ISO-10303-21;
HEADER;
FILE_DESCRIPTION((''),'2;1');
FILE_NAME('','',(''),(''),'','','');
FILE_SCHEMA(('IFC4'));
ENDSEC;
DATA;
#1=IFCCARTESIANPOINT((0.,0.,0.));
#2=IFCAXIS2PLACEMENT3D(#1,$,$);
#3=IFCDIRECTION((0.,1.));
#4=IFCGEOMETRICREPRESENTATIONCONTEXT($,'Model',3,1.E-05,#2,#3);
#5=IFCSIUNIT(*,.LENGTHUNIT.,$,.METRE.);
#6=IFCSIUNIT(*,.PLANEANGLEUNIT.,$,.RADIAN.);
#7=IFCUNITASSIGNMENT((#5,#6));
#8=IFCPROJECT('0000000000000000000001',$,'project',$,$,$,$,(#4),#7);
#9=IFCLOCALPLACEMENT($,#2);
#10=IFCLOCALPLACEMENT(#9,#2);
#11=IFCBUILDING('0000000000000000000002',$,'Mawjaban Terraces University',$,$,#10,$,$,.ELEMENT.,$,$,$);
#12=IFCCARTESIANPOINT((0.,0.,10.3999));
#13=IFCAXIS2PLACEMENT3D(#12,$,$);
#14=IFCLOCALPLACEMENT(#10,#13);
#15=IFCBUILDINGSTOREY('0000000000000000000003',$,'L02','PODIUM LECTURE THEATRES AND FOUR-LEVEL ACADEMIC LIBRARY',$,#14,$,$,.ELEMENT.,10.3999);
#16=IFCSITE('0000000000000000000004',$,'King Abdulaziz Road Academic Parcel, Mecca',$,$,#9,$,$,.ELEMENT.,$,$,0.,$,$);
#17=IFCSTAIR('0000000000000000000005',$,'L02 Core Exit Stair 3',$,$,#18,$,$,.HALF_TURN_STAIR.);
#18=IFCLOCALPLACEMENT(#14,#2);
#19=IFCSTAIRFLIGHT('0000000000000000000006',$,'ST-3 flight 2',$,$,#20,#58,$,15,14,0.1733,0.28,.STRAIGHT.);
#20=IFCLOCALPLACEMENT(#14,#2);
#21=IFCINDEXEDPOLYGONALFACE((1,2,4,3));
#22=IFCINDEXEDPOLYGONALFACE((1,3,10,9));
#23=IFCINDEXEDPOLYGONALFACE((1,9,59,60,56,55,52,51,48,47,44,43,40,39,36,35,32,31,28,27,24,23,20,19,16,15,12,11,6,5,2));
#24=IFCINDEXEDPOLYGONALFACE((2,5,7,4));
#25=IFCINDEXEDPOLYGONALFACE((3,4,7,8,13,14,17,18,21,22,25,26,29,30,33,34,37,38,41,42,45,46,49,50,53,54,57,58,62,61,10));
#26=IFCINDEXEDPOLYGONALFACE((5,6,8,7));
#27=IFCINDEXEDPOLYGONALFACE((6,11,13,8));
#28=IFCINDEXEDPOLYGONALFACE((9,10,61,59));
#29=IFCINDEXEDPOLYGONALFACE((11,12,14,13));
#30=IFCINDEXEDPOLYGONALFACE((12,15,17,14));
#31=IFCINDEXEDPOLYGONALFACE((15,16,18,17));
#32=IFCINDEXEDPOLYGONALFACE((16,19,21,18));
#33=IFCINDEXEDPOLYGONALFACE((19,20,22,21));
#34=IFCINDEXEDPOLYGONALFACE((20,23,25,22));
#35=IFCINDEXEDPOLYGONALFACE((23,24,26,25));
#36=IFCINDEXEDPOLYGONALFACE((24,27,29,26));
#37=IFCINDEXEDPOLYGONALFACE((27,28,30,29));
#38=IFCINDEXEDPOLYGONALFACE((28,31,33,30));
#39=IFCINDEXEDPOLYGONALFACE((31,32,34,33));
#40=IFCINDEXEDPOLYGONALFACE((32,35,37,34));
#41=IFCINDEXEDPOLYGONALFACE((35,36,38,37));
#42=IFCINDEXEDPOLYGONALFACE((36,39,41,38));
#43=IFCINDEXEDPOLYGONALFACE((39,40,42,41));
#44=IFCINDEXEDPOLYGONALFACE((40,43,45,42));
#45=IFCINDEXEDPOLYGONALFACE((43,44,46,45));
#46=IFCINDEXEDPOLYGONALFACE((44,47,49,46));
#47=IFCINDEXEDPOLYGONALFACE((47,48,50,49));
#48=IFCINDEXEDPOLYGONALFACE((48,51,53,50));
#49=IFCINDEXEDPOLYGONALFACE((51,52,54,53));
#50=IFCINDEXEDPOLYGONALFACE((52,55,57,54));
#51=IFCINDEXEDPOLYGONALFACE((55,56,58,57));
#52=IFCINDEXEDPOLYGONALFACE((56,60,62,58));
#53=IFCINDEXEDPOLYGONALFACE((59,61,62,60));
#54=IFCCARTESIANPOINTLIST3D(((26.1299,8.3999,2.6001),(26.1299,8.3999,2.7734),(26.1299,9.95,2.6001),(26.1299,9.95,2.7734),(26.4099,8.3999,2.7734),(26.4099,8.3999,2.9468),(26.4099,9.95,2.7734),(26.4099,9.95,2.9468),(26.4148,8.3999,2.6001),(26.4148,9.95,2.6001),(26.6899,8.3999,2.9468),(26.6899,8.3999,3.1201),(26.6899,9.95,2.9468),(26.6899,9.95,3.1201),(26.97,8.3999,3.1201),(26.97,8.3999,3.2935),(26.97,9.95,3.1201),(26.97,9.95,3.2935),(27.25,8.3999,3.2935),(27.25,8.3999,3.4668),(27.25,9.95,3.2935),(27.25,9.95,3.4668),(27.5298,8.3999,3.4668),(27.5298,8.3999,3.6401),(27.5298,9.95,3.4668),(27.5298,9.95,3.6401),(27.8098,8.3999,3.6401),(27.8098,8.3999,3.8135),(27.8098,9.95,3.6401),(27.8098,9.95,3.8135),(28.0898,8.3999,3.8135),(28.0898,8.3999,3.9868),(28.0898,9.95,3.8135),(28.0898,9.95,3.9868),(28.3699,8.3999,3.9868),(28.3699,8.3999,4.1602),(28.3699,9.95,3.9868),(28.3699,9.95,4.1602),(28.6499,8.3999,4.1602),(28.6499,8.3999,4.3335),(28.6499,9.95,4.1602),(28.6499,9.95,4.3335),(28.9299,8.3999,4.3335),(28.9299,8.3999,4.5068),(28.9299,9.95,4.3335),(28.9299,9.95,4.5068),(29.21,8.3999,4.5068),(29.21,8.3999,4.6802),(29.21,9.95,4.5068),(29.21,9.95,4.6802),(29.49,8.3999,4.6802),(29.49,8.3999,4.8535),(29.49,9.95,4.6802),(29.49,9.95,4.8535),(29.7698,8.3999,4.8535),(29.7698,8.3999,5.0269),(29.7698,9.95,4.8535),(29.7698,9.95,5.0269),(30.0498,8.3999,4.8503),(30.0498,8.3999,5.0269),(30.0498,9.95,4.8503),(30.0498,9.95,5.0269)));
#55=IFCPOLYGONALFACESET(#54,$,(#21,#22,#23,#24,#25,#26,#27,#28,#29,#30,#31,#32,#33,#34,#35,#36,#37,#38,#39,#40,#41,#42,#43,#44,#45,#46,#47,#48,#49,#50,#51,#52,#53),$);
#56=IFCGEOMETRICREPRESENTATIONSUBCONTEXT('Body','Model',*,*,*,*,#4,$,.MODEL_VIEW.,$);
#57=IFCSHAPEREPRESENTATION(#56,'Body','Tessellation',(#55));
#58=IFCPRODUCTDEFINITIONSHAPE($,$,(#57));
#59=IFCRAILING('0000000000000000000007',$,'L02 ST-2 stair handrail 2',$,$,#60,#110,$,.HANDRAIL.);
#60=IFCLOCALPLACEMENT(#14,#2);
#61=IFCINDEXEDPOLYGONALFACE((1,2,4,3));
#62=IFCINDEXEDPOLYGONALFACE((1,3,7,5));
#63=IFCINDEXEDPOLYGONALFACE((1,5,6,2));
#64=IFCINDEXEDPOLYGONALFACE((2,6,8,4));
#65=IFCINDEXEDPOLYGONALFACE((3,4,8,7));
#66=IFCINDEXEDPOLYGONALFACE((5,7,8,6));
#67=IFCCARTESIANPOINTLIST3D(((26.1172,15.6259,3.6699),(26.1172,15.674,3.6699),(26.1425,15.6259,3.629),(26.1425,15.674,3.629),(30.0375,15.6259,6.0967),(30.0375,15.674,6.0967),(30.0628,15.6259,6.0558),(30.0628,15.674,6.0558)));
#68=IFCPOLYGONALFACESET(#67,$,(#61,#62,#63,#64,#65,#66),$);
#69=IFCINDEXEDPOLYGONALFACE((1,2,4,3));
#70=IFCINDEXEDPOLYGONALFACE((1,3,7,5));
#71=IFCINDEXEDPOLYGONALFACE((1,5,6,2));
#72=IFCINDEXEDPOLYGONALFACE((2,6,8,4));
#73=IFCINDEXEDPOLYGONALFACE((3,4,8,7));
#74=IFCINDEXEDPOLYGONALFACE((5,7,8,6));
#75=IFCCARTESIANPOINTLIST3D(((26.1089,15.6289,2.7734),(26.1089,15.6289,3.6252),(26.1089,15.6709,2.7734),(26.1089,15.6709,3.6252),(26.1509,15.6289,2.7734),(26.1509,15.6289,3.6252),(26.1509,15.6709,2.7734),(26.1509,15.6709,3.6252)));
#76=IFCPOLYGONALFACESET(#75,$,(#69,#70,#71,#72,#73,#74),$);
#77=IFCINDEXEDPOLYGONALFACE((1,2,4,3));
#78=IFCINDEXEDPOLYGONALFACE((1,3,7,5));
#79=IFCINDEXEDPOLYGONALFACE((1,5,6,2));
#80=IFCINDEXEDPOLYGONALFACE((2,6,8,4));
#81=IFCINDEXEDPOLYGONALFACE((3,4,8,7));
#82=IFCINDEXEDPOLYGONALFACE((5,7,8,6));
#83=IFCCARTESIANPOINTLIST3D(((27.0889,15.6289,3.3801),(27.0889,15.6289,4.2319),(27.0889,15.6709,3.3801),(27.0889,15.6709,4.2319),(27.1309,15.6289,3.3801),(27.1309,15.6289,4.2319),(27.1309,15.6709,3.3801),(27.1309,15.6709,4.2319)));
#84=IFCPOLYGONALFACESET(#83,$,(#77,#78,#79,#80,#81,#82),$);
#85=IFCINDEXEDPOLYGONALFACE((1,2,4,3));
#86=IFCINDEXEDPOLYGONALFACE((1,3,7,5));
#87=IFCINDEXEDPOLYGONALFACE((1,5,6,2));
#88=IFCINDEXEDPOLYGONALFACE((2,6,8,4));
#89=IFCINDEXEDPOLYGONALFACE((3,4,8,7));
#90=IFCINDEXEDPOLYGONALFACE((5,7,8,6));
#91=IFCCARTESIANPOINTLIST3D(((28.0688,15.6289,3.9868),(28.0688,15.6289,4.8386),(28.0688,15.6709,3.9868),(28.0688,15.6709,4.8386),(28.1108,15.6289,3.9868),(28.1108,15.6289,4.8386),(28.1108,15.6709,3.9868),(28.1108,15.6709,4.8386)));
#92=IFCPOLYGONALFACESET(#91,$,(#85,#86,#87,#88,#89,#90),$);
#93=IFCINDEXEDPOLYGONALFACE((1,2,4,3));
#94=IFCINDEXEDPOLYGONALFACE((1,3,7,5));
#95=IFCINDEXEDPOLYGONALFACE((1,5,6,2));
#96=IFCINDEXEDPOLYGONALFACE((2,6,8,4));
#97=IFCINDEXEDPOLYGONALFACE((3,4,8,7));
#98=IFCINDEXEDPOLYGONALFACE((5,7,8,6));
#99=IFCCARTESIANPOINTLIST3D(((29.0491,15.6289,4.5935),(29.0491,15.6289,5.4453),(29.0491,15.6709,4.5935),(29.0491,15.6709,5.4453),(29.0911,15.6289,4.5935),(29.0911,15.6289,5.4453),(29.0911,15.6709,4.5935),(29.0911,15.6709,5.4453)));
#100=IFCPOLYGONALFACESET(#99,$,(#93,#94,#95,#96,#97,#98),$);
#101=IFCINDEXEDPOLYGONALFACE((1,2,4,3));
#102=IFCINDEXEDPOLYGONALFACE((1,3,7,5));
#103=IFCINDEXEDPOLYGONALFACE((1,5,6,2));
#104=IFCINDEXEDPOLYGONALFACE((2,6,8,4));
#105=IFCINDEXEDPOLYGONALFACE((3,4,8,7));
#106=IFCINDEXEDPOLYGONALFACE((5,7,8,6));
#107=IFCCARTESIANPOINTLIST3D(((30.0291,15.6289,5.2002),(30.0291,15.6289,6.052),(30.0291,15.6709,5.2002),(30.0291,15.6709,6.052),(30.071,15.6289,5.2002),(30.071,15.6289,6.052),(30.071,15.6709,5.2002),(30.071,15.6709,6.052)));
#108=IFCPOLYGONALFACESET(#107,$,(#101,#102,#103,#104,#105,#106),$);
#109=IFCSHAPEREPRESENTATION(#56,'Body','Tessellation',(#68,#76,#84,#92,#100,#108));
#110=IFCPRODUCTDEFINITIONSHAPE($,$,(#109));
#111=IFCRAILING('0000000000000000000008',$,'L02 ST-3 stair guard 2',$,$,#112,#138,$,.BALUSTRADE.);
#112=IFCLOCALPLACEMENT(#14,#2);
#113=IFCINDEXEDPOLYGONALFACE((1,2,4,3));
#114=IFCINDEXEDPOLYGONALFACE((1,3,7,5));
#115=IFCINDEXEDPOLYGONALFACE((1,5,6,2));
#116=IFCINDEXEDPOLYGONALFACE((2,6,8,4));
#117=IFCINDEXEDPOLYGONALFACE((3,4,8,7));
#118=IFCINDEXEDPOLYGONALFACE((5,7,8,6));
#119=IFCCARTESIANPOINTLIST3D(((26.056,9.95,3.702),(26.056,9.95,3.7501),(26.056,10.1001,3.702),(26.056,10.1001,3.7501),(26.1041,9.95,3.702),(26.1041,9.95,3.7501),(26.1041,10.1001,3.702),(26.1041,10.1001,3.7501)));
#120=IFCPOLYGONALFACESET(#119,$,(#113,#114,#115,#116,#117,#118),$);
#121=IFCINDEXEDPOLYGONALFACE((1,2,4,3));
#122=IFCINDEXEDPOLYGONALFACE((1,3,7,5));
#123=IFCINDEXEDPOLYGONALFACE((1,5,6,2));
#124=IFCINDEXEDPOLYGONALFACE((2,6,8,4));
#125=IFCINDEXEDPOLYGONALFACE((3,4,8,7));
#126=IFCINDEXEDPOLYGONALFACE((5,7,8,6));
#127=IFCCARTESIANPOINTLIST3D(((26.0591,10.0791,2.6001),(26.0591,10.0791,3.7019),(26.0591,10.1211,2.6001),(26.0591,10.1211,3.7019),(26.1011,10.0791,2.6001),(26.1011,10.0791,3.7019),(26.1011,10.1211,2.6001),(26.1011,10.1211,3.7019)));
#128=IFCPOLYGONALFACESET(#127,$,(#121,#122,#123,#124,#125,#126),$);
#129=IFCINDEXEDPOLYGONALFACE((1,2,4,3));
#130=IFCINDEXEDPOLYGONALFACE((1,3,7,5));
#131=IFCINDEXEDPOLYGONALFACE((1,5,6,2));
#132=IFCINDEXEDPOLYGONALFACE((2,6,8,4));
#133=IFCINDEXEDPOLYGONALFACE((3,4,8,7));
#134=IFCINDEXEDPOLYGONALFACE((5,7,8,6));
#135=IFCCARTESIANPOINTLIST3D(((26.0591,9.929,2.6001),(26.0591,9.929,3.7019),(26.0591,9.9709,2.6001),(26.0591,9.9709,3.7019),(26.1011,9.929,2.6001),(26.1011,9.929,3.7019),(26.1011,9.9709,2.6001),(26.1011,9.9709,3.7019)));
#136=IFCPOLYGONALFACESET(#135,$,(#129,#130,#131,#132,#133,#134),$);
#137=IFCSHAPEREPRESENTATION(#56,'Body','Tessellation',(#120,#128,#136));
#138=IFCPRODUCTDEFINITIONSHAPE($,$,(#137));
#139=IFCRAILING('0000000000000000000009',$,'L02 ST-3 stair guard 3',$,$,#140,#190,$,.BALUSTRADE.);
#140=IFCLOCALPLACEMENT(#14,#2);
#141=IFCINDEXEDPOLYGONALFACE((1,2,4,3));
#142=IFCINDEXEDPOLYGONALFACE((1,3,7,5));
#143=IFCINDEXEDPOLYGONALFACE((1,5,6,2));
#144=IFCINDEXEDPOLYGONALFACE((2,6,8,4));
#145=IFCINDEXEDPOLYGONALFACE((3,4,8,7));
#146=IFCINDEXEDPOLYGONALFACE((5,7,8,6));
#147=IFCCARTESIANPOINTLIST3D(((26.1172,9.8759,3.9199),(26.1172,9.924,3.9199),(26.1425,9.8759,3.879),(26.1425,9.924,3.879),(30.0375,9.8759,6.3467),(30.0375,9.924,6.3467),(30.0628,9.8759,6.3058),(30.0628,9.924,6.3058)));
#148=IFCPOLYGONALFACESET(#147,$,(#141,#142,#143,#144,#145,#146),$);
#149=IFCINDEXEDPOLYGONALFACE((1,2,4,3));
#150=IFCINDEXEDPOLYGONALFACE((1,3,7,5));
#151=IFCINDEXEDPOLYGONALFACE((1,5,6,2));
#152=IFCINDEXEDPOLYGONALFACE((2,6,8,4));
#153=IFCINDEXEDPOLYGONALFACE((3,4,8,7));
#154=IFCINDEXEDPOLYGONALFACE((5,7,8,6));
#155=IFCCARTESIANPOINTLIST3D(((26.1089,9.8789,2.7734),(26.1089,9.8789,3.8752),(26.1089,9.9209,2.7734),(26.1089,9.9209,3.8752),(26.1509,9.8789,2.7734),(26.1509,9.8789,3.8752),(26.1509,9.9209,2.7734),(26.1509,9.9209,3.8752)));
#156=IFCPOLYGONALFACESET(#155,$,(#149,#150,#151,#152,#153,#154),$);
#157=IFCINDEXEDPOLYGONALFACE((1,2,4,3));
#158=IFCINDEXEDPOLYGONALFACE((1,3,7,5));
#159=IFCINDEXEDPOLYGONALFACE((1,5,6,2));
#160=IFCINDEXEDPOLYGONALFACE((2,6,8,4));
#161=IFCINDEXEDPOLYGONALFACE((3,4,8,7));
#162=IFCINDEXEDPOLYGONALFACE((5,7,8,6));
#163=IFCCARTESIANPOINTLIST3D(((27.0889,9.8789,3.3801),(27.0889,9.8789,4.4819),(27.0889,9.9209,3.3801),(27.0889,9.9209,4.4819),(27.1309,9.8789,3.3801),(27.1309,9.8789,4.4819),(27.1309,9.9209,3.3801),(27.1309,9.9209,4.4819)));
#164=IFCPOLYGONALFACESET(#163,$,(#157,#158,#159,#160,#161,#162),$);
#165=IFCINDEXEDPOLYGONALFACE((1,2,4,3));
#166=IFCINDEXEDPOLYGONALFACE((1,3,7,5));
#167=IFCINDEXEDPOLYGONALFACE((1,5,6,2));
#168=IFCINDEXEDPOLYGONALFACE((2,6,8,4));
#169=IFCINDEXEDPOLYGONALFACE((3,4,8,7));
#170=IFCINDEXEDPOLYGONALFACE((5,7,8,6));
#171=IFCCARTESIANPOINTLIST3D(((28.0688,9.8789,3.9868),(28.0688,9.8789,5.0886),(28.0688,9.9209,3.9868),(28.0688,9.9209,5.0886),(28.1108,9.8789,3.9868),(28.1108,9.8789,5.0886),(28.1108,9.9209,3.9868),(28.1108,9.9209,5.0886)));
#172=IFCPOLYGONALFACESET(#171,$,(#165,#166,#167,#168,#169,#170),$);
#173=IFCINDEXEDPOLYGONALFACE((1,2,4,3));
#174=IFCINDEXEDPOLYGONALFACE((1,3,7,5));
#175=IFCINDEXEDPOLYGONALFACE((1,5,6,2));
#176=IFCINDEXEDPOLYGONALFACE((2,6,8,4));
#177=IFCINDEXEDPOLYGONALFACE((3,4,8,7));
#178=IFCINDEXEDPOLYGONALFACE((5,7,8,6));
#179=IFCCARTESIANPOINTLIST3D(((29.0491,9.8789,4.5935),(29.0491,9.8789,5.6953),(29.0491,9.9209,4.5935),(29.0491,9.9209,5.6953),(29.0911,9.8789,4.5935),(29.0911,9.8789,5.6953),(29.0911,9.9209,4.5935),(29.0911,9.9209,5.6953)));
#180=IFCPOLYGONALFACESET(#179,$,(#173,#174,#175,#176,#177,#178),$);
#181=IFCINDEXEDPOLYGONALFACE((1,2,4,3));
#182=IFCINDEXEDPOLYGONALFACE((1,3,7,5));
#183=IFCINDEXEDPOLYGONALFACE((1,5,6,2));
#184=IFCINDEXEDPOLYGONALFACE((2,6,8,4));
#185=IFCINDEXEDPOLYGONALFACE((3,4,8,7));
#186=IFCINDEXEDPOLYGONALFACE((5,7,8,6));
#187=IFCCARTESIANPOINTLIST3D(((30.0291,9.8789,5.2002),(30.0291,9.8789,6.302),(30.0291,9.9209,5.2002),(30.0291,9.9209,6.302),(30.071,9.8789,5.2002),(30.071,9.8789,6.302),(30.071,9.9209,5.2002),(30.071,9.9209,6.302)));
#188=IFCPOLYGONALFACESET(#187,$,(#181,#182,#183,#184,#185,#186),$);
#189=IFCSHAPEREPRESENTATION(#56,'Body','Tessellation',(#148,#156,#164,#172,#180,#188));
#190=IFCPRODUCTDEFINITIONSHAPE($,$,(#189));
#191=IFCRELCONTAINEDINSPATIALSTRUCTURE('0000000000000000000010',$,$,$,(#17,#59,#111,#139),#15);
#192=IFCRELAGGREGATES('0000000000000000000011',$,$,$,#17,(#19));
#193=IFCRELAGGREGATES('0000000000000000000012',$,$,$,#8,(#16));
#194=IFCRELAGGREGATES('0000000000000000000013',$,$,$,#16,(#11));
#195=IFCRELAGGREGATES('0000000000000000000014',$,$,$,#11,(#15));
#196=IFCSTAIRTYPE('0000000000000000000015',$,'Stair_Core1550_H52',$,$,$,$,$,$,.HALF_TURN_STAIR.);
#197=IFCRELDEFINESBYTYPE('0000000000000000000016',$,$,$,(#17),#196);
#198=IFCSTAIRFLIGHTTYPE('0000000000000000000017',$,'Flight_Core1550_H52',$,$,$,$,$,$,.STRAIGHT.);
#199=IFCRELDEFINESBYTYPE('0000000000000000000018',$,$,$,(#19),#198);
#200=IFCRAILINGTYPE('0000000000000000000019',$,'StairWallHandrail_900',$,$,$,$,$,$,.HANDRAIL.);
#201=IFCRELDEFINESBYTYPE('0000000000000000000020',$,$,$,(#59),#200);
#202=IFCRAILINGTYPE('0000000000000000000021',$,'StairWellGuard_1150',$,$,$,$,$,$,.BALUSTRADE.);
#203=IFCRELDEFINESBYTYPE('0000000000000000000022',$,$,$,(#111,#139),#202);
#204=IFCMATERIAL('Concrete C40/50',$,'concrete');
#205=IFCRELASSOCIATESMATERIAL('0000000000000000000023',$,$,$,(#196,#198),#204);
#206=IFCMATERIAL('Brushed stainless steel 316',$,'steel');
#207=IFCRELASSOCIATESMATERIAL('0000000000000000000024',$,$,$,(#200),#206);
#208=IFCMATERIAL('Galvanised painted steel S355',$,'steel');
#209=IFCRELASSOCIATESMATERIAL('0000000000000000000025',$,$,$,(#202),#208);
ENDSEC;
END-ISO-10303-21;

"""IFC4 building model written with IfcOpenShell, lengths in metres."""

from ifc_helpers import new_model, si_unit, direction, frame, origin, origin_2d, place, context, subcontext, project, spatial, polyline, rectangle, outline, extrude, material, type_object, element, aggregate, save


model = new_model("IFC4")

# Units and contexts
model_context = context("Model", 3, precision=1e-05, world=origin(), true_north=direction((0.0, 1.0)))
body_context = subcontext(model_context, "Body", "Model", "MODEL_VIEW")
ifc_project = project(units=[si_unit("LENGTHUNIT", "METRE"), si_unit("PLANEANGLEUNIT", "RADIAN")], contexts=[model_context])

# Site, building, storey
site_placement = place(None, origin())
site = spatial("IfcSite", under=ifc_project, at=site_placement, Name="King Abdulaziz Road Academic Parcel, Mecca", CompositionType="ELEMENT", RefElevation=0.0)
building_placement = place(site_placement, origin())
building = spatial("IfcBuilding", under=site, at=building_placement, Name="Mawjaban Terraces University", CompositionType="ELEMENT")
storey_placement = place(building_placement, frame((0.0, 0.0, 10.3999)))
storey = spatial("IfcBuildingStorey", under=building, at=storey_placement, Name="L02", Description="PODIUM LECTURE THEATRES AND FOUR-LEVEL ACADEMIC LIBRARY", CompositionType="ELEMENT", Elevation=10.3999)

# Shared definitions
ifc_material_1 = material(Name="Concrete C40/50", Category="concrete")

# Stair, stair flight
stair_type = type_object("IfcStairType", Name="Stair_Core1550_H52", PredefinedType="HALF_TURN_STAIR", material=ifc_material_1)
stair_placement = place(storey_placement, origin())
stair = element("IfcStair", 1, at=stair_placement, inside=storey, type_object=stair_type, Name="L02 Core Exit Stair 3", PredefinedType="HALF_TURN_STAIR")
stair_flight_type = type_object("IfcStairFlightType", Name="Flight_Core1550_H52", PredefinedType="STRAIGHT", material=ifc_material_1)
stair_flight_placement = place(storey_placement, frame((26.1299, 9.175, 2.6001), z_axis=(0.0, 0.0, 1.0), x_axis=(1.0, 0.0, 0.0)))
stair_flight = element("IfcStairFlight", 2, at=stair_flight_placement, type_object=stair_flight_type, Name="ST-3 flight 2", NumberOfRisers=15, NumberOfTreads=14, PredefinedType="STRAIGHT", RiserHeight=0.1733, TreadLength=0.28, context=body_context, shape_type="SweptSolid", body=[
    extrude(outline(polyline([(0.0, 0.0), (0.0, 0.1733), (0.28, 0.1733), (0.28, 0.3467), (0.5601, 0.3467), (0.5601, 0.52), (0.8401, 0.52), (0.8401, 0.6934), (1.1201, 0.6934), (1.1201, 0.8667), (1.3999, 0.8667), (1.3999, 1.04), (1.6799, 1.04), (1.6799, 1.2134), (1.96, 1.2134), (1.96, 1.3867), (2.24, 1.3867), (2.24, 1.5601), (2.52, 1.5601), (2.52, 1.7334), (2.8, 1.7334), (2.8, 1.9067), (3.0801, 1.9067), (3.0801, 2.0801), (3.3601, 2.0801), (3.3601, 2.2534), (3.6399, 2.2534), (3.6399, 2.4268), (3.9199, 2.4268), (3.9199, 2.6001), (3.9199, 2.2502), (0.2849, 0.0), (0.0, 0.0)])), frame((0.0, 0.7749, 0.0), z_axis=(0.0, -1.0, 0.0), x_axis=(1.0, 0.0, 0.0)), (0.0, 0.0, 1.0), 1.55),
])
aggregate(stair, [stair_flight])

# Railings
ifc_material_2 = material(Name="Brushed stainless steel 316", Category="steel")
railing_type_1 = type_object("IfcRailingType", Name="StairWallHandrail_900", PredefinedType="HANDRAIL", material=ifc_material_2)
railing_1_placement = place(storey_placement, frame((26.1299, 15.6499, 2.7734)))
element("IfcRailing", 3, at=railing_1_placement, inside=storey, type_object=railing_type_1, Name="L02 ST-2 stair handrail 2", PredefinedType="HANDRAIL", context=body_context, shape_type="SweptSolid", body=[
    extrude(rectangle(XDim=0.0481, YDim=0.0481, at=origin_2d()), frame((0.0, 0.0, 0.876), z_axis=(0.850266, 0.0, 0.526353), x_axis=(0.0, 1.0, 0.0)), (0.0, 0.0, 1.0), 4.6106),
    extrude(rectangle(XDim=0.042, YDim=0.042, at=origin_2d()), origin(), (0.0, 0.0, 1.0), 0.8518),
    extrude(rectangle(XDim=0.042, YDim=0.042, at=origin_2d()), frame((0.98, 0.0, 0.6067)), (0.0, 0.0, 1.0), 0.8518),
    extrude(rectangle(XDim=0.042, YDim=0.042, at=origin_2d()), frame((1.96, 0.0, 1.2134)), (0.0, 0.0, 1.0), 0.8518),
    extrude(rectangle(XDim=0.042, YDim=0.042, at=origin_2d()), frame((2.9402, 0.0, 1.8201)), (0.0, 0.0, 1.0), 0.8518),
    extrude(rectangle(XDim=0.042, YDim=0.042, at=origin_2d()), frame((3.9202, 0.0, 2.4268)), (0.0, 0.0, 1.0), 0.8518),
])
ifc_material_3 = material(Name="Galvanised painted steel S355", Category="steel")
railing_type_2 = type_object("IfcRailingType", Name="StairWellGuard_1150", PredefinedType="BALUSTRADE", material=ifc_material_3)
railing_2_placement = place(storey_placement, frame((26.0801, 10.1001, 2.6001)))
element("IfcRailing", 4, at=railing_2_placement, inside=storey, type_object=railing_type_2, Name="L02 ST-3 stair guard 2", PredefinedType="BALUSTRADE", context=body_context, shape_type="SweptSolid", body=[
    extrude(rectangle(XDim=0.0481, YDim=0.0481, at=origin_2d()), frame((0.0, 0.0, 1.126), z_axis=(0.0, -1.0, 0.0), x_axis=(1.0, 0.0, 0.0)), (0.0, 0.0, 1.0), 0.1501),
    extrude(rectangle(XDim=0.042, YDim=0.042, at=origin_2d()), origin(), (0.0, 0.0, 1.0), 1.1018),
    extrude(rectangle(XDim=0.042, YDim=0.042, at=origin_2d()), frame((0.0, -0.1501, 0.0)), (0.0, 0.0, 1.0), 1.1018),
])
railing_3_placement = place(storey_placement, frame((26.1299, 9.8999, 2.7734)))
element("IfcRailing", 5, at=railing_3_placement, inside=storey, type_object=railing_type_2, Name="L02 ST-3 stair guard 3", PredefinedType="BALUSTRADE", context=body_context, shape_type="SweptSolid", body=[
    extrude(rectangle(XDim=0.0481, YDim=0.0481, at=origin_2d()), frame((0.0, 0.0, 1.126), z_axis=(0.850266, 0.0, 0.526353), x_axis=(0.0, 1.0, 0.0)), (0.0, 0.0, 1.0), 4.6106),
    extrude(rectangle(XDim=0.042, YDim=0.042, at=origin_2d()), origin(), (0.0, 0.0, 1.0), 1.1018),
    extrude(rectangle(XDim=0.042, YDim=0.042, at=origin_2d()), frame((0.98, 0.0, 0.6067)), (0.0, 0.0, 1.0), 1.1018),
    extrude(rectangle(XDim=0.042, YDim=0.042, at=origin_2d()), frame((1.96, 0.0, 1.2134)), (0.0, 0.0, 1.0), 1.1018),
    extrude(rectangle(XDim=0.042, YDim=0.042, at=origin_2d()), frame((2.9402, 0.0, 1.8201)), (0.0, 0.0, 1.0), 1.1018),
    extrude(rectangle(XDim=0.042, YDim=0.042, at=origin_2d()), frame((3.9202, 0.0, 2.4268)), (0.0, 0.0, 1.0), 1.1018),
])

save(model, "model.ifc")
